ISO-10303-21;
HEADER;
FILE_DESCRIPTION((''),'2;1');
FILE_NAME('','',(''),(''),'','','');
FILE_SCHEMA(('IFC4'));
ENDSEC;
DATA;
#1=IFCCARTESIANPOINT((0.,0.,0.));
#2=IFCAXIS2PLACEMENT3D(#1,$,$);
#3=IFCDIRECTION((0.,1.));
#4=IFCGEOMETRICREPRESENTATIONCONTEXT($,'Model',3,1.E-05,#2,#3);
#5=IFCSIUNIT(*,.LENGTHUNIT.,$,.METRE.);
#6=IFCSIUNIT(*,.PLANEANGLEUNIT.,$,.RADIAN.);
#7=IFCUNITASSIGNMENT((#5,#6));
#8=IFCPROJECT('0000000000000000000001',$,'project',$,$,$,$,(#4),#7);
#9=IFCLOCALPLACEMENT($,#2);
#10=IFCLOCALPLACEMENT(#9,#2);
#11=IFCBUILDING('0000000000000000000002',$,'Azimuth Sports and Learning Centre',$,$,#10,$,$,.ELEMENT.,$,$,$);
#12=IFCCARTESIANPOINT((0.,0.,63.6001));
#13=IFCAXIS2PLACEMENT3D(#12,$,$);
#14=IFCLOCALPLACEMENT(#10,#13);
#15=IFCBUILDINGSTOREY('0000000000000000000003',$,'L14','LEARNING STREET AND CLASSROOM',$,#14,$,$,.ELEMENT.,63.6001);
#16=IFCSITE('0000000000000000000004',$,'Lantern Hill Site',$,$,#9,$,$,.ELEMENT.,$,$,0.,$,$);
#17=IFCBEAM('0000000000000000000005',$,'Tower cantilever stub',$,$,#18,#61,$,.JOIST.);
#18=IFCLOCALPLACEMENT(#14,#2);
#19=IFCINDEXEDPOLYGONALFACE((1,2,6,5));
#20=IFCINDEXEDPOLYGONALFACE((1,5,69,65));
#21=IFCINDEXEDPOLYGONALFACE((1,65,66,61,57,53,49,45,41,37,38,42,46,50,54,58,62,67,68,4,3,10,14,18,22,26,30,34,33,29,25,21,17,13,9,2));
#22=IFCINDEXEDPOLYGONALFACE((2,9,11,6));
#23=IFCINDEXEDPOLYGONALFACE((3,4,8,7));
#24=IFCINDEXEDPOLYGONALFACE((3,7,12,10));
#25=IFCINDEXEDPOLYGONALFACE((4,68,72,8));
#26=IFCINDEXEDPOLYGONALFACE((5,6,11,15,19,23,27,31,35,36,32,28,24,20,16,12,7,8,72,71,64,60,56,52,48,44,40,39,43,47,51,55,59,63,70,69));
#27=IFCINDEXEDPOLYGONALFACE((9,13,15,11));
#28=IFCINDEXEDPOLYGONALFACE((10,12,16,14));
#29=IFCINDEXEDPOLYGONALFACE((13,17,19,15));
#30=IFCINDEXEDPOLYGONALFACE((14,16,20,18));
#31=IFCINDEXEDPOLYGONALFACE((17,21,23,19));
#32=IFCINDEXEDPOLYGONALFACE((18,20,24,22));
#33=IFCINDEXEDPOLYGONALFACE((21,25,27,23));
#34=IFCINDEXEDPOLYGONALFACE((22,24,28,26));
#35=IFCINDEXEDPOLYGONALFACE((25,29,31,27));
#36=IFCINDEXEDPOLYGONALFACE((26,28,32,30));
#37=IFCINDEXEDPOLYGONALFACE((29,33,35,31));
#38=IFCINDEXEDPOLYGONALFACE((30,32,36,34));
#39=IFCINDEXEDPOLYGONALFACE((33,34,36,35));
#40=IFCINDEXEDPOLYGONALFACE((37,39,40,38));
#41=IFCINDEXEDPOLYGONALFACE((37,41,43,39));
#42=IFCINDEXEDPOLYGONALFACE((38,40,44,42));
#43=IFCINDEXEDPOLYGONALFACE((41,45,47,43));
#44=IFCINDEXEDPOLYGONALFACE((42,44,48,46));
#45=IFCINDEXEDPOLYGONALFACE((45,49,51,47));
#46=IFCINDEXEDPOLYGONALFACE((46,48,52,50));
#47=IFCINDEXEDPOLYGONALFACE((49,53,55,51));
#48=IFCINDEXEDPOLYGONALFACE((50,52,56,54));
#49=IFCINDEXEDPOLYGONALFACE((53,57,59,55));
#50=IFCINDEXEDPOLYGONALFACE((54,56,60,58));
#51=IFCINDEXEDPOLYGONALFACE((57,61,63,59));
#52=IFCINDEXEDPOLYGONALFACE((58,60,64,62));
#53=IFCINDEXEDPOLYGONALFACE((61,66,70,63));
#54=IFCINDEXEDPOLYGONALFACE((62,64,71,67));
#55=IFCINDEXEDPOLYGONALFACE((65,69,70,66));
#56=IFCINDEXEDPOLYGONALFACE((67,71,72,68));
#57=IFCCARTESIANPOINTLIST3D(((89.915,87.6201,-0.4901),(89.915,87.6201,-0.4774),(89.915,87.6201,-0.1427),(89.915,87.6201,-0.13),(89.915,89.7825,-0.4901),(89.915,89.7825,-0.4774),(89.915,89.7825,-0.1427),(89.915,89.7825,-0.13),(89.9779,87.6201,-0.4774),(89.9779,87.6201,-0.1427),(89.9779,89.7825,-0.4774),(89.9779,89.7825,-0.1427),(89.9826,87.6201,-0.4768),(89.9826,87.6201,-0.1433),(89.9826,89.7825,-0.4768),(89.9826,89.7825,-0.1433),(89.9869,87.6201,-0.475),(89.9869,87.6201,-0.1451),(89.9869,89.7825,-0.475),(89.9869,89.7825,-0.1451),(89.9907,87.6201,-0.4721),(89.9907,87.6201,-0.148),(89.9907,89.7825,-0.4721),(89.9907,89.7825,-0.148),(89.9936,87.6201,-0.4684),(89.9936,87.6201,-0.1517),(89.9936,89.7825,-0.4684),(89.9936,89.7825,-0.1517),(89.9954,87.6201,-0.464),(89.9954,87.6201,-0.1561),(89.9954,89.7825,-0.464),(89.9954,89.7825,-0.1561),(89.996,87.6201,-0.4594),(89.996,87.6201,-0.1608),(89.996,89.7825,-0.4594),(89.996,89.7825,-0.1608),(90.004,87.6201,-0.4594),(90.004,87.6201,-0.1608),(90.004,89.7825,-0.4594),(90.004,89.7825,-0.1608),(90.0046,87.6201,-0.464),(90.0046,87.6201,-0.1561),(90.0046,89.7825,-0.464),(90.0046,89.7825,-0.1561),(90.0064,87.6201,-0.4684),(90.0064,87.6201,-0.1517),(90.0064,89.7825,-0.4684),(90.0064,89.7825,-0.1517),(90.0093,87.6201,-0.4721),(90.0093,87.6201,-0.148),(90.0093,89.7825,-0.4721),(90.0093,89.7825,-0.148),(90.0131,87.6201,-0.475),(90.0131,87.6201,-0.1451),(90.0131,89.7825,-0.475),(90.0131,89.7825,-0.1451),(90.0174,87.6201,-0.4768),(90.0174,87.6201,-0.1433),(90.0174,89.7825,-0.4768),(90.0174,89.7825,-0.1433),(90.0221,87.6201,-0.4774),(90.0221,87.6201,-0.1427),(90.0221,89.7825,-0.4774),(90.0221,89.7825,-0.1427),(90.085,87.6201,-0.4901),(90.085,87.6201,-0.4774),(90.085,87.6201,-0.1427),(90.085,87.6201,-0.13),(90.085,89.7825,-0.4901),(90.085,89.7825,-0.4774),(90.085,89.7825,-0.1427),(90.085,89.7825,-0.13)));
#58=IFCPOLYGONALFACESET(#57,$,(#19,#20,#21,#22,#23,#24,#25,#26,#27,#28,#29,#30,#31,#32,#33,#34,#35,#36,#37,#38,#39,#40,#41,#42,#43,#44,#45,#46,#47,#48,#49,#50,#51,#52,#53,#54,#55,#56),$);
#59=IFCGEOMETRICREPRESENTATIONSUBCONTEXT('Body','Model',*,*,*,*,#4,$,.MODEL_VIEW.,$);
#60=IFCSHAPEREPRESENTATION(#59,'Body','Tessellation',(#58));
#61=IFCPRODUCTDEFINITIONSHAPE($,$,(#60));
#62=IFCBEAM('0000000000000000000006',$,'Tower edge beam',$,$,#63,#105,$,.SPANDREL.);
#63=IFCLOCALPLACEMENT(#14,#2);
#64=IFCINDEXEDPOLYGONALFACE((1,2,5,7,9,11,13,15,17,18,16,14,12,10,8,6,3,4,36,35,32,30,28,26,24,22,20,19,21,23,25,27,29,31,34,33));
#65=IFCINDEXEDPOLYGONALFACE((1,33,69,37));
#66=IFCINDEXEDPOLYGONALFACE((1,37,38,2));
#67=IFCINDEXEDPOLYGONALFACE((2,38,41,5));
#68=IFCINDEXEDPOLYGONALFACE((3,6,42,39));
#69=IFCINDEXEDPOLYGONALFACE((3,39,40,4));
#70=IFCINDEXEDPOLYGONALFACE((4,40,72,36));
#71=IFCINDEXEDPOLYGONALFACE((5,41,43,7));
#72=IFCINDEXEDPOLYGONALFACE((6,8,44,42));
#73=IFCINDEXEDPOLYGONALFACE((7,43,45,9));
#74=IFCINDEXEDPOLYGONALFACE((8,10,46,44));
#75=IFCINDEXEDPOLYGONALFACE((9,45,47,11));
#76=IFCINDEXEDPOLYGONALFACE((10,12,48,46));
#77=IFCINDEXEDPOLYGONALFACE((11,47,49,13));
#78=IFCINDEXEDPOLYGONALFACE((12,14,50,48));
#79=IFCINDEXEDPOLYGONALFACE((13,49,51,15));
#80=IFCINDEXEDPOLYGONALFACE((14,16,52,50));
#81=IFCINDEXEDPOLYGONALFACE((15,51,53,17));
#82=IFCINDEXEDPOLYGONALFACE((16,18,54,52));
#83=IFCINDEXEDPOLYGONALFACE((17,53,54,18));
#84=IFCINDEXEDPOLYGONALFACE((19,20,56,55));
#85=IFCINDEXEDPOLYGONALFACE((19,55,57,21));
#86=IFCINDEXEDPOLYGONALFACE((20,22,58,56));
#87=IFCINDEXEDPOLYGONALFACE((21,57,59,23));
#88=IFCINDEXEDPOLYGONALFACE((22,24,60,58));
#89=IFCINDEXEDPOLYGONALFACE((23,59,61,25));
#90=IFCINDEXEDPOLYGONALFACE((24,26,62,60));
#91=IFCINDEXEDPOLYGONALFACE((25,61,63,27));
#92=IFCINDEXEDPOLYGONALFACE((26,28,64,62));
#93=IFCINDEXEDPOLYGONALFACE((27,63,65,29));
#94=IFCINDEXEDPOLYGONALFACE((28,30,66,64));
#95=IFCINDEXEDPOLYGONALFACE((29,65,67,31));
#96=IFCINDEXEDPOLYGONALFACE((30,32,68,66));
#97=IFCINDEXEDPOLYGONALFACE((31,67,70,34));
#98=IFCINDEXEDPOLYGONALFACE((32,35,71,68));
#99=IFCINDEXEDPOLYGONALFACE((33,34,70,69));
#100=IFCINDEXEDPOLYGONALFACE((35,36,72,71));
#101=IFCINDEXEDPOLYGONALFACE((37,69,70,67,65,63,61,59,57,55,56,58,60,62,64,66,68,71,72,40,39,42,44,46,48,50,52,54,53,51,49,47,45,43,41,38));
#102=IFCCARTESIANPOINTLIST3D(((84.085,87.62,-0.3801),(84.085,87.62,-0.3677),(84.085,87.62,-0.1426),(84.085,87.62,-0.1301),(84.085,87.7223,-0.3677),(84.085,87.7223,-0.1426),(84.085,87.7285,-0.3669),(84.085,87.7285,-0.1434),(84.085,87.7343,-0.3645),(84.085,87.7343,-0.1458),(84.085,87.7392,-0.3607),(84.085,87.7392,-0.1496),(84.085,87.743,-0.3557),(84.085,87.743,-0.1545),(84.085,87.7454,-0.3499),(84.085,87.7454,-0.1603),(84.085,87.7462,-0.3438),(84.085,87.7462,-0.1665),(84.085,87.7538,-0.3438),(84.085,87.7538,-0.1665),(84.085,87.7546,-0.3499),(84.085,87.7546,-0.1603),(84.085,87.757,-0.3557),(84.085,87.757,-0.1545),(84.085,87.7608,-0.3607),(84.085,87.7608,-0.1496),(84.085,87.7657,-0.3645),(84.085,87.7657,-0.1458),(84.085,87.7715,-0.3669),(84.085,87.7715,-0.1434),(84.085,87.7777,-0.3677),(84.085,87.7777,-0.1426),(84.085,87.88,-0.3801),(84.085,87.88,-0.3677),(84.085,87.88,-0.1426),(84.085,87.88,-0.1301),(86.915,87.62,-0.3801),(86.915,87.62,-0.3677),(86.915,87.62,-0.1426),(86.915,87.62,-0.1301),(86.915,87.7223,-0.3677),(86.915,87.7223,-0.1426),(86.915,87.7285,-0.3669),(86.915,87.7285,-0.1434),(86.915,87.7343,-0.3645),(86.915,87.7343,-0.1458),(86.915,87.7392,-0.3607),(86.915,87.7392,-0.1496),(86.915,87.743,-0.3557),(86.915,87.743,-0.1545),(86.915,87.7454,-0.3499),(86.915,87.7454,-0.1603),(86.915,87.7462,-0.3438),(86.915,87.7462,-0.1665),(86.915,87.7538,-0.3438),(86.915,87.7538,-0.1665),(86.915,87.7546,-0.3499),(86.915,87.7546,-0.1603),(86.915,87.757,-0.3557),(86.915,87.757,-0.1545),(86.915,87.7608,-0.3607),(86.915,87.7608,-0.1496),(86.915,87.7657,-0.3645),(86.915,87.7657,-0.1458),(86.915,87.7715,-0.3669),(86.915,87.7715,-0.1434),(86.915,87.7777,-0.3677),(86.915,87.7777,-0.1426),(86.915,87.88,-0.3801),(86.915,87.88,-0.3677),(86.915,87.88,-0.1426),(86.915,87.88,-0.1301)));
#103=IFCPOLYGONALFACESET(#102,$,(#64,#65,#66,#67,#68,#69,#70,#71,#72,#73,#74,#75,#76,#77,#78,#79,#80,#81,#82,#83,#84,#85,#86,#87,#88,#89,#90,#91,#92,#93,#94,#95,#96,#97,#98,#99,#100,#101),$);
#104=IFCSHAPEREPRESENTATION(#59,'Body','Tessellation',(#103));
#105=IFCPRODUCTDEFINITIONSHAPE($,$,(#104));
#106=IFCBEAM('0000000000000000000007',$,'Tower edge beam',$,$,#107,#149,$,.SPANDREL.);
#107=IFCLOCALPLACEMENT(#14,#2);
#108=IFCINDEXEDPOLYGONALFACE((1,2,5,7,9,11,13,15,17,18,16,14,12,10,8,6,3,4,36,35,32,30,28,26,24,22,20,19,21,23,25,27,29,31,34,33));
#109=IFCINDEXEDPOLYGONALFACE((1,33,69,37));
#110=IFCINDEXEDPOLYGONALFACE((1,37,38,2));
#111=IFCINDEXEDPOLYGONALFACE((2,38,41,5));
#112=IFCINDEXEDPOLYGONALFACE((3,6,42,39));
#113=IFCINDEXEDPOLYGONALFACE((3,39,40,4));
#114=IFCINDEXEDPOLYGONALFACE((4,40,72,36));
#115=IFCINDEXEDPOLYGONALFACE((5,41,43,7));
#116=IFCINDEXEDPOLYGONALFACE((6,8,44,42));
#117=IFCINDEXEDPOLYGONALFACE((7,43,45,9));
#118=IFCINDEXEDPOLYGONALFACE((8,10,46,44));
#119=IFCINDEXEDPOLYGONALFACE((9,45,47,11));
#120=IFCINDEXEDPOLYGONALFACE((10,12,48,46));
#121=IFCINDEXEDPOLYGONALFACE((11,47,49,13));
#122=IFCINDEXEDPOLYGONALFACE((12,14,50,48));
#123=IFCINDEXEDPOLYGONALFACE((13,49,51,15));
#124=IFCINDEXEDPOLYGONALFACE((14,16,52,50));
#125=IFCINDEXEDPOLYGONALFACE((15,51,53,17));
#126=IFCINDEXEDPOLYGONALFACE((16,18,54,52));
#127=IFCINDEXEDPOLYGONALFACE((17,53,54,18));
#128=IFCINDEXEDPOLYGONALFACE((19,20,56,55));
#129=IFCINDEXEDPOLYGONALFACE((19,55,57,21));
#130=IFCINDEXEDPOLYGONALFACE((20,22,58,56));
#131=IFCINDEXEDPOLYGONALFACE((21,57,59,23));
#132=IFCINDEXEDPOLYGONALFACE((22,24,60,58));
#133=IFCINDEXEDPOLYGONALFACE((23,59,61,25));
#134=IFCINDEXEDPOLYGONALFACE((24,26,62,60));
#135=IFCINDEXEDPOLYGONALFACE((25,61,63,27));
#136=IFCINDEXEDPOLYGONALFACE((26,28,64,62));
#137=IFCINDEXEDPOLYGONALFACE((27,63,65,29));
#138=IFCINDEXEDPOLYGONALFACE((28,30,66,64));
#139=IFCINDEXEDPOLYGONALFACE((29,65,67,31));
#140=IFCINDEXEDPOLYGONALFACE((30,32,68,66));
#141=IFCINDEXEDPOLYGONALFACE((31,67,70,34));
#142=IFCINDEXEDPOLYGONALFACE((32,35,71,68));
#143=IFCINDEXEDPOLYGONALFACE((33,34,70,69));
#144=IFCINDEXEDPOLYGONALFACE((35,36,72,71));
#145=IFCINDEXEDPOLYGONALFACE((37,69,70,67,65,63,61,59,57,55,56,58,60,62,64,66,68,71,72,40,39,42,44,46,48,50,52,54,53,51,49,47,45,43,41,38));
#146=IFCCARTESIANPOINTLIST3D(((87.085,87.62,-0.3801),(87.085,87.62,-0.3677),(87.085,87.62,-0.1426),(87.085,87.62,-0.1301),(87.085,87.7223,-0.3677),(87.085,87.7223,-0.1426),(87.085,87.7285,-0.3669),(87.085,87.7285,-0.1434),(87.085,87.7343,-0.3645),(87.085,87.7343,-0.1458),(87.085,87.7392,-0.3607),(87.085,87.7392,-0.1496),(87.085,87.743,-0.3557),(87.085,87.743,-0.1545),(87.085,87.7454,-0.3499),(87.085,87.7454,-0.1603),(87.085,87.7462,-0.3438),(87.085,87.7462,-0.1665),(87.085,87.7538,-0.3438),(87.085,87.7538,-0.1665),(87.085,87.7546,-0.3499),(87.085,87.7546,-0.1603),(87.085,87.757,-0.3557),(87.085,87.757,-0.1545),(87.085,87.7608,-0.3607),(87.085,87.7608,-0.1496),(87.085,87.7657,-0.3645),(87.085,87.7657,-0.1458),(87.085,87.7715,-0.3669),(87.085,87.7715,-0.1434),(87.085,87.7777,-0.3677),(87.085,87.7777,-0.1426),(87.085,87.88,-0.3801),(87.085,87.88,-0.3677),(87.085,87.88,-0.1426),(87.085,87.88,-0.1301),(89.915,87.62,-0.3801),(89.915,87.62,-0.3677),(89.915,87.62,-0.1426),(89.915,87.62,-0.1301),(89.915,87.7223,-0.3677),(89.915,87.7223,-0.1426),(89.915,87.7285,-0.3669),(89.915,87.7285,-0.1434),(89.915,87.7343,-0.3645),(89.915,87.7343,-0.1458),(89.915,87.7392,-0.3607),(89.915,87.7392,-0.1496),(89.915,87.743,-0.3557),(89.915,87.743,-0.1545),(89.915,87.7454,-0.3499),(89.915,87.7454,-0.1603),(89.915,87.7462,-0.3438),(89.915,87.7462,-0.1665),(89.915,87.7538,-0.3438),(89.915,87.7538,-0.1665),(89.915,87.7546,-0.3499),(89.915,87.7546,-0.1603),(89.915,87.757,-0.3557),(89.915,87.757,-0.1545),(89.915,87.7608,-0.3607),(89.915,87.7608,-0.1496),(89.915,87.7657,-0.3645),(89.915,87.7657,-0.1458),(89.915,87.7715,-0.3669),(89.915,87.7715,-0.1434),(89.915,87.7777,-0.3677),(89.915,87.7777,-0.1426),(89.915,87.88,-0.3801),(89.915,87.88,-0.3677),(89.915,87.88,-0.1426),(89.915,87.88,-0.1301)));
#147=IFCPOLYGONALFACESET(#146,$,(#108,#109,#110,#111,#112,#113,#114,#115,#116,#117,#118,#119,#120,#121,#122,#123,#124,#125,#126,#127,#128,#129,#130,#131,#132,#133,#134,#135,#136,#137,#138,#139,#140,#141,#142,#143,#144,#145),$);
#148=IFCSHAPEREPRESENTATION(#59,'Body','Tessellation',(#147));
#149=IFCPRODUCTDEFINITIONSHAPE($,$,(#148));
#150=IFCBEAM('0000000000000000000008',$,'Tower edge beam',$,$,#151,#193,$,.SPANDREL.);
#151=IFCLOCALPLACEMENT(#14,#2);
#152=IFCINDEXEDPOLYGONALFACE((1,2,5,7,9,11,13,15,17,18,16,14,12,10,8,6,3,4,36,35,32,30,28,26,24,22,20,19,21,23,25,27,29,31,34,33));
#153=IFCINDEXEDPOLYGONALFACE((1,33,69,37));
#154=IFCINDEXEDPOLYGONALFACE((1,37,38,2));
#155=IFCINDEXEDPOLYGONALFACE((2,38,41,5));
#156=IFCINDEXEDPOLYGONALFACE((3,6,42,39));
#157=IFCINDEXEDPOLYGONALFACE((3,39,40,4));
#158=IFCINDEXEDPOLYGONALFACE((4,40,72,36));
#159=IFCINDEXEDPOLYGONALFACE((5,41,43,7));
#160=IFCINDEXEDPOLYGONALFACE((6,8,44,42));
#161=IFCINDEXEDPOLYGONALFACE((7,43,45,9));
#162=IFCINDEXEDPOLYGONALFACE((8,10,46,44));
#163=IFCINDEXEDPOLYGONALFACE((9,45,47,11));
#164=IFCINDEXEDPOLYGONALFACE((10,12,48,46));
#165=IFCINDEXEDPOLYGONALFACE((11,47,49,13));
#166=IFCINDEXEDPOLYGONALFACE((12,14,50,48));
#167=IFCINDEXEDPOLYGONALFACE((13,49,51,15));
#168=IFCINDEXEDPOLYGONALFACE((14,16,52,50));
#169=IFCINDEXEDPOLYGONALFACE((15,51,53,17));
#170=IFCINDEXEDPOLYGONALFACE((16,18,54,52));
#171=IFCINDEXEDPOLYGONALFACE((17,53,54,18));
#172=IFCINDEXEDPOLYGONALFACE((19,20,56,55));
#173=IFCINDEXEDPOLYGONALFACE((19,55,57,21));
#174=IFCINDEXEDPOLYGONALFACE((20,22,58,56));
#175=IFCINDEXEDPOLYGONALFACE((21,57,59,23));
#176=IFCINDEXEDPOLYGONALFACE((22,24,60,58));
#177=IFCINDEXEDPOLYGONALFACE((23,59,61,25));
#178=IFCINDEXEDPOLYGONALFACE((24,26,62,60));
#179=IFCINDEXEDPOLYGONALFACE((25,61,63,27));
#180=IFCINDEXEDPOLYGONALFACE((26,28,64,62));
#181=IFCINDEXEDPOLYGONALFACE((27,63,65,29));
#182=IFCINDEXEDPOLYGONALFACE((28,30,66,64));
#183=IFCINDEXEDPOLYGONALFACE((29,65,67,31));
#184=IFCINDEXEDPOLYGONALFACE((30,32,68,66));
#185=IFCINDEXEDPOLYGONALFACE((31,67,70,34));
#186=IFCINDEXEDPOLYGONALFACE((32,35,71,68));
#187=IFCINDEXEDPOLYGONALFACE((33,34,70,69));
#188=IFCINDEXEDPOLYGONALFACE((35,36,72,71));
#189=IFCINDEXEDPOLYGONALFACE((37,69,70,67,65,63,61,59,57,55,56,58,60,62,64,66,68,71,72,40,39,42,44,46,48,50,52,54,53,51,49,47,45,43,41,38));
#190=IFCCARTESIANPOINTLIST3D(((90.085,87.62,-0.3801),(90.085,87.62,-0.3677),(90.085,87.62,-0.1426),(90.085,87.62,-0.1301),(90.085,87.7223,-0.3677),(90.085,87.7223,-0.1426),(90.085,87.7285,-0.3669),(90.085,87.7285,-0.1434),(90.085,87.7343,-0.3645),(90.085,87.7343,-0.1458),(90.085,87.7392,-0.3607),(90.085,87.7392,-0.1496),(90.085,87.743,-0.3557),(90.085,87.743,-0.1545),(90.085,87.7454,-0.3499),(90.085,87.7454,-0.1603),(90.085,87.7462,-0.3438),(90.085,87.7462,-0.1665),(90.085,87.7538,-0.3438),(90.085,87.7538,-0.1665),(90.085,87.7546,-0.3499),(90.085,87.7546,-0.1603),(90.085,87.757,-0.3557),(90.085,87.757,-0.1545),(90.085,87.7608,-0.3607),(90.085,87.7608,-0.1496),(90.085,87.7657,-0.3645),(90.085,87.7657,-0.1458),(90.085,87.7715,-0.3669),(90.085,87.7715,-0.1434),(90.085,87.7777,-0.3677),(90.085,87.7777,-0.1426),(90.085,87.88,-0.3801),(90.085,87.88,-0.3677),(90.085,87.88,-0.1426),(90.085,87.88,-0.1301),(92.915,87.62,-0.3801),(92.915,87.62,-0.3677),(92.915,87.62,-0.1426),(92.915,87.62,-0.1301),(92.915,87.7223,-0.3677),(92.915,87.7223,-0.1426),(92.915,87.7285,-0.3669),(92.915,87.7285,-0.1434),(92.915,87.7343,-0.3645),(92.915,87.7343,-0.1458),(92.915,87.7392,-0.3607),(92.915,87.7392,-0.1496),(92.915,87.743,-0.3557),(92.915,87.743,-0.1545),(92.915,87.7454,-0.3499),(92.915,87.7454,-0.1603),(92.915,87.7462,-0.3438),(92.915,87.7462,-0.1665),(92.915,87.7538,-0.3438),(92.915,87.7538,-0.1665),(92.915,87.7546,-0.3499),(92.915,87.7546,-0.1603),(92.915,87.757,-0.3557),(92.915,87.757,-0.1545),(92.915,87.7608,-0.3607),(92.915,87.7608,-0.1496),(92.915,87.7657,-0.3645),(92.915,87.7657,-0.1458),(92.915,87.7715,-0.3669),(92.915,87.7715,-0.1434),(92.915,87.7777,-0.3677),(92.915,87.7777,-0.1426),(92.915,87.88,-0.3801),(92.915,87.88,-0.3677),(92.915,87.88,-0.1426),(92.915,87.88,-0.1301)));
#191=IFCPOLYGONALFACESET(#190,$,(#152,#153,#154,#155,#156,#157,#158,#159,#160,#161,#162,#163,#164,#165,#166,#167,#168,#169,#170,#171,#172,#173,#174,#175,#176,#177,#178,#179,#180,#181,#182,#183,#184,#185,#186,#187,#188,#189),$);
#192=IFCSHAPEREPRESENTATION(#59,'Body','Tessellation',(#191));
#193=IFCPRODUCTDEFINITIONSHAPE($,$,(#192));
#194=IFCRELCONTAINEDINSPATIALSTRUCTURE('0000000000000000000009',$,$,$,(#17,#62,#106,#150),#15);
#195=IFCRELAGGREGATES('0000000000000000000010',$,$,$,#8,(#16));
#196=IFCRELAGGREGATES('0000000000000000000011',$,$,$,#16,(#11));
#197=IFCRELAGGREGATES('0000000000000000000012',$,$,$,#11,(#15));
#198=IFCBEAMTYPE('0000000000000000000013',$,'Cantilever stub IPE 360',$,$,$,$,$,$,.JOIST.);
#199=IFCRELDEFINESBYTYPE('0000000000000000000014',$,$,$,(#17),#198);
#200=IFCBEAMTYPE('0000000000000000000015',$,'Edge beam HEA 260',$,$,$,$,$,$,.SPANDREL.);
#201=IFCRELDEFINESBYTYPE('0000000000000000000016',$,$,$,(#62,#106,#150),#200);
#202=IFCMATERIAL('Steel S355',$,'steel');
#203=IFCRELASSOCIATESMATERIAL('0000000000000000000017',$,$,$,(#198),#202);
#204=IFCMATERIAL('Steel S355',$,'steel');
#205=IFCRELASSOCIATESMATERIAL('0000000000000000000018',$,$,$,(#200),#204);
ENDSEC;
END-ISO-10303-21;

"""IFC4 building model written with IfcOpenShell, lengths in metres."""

from ifc_helpers import new_model, si_unit, direction, frame, origin, origin_2d, place, context, subcontext, project, spatial, i_section, extrude, material, material_profile, profile_set, type_object, element, save


model = new_model("IFC4")

# Units and contexts
model_context = context("Model", 3, precision=1e-05, world=origin(), true_north=direction((0.0, 1.0)))
body_context = subcontext(model_context, "Body", "Model", "MODEL_VIEW")
ifc_project = project(units=[si_unit("LENGTHUNIT", "METRE"), si_unit("PLANEANGLEUNIT", "RADIAN")], contexts=[model_context])

# Site, building, storey
site_placement = place(None, origin())
site = spatial("IfcSite", under=ifc_project, at=site_placement, Name="Lantern Hill Site", CompositionType="ELEMENT", RefElevation=0.0)
building_placement = place(site_placement, origin())
building = spatial("IfcBuilding", under=site, at=building_placement, Name="Azimuth Sports and Learning Centre", CompositionType="ELEMENT")
storey_placement = place(building_placement, frame((0.0, 0.0, 63.6001)))
storey = spatial("IfcBuildingStorey", under=building, at=storey_placement, Name="L14", Description="LEARNING STREET AND CLASSROOM", CompositionType="ELEMENT", Elevation=63.6001)

# Beams
ifc_material_1 = material(Name="Steel S355", Category="steel")
ifc_material_profile_1 = material_profile(ifc_material_1, i_section(OverallWidth=0.1699, OverallDepth=0.3601, WebThickness=0.0081, FlangeThickness=0.0127, FilletRadius=0.0181, at=origin_2d()), Name="IPE 360")
ifc_profile_set_1 = profile_set([ifc_material_profile_1], Name="Steel S355")
beam_type_1 = type_object("IfcBeamType", Name="Cantilever stub IPE 360", PredefinedType="JOIST", material=ifc_profile_set_1)
beam_1_placement = place(storey_placement, frame((90.0, 89.7825, -0.3101), z_axis=(0.0, -1.0, 0.0), x_axis=(1.0, 0.0, 0.0)))
element("IfcBeam", 1, at=beam_1_placement, inside=storey, type_object=beam_type_1, Name="Tower cantilever stub", PredefinedType="JOIST", context=body_context, shape_type="SweptSolid", body=[
    extrude(i_section(OverallWidth=0.1699, OverallDepth=0.3601, WebThickness=0.0081, FlangeThickness=0.0127, FilletRadius=0.0181, at=origin_2d()), origin(), (0.0, 0.0, 1.0), 2.1624),
])
ifc_material_2 = material(Name="Steel S355", Category="steel")
ifc_material_profile_2 = material_profile(ifc_material_2, i_section(OverallWidth=0.26, OverallDepth=0.25, WebThickness=0.0076, FlangeThickness=0.0125, FilletRadius=0.0239, at=origin_2d()), Name="HEA 260")
ifc_profile_set_2 = profile_set([ifc_material_profile_2], Name="Steel S355")
beam_type_2 = type_object("IfcBeamType", Name="Edge beam HEA 260", PredefinedType="SPANDREL", material=ifc_profile_set_2)
for number, where, z_axis, x_axis, name in (
    (2, (84.085, 87.75, -0.2551), (1.0, 0.0, 0.0), (0.0, 1.0, 0.0), "Tower edge beam"),
    (3, (87.085, 87.75, -0.2551), (1.0, 0.0, 0.0), (0.0, 1.0, 0.0), "Tower edge beam"),
    (4, (90.085, 87.75, -0.2551), (1.0, 0.0, 0.0), (0.0, 1.0, 0.0), "Tower edge beam"),
):
    element("IfcBeam", number, at=place(storey_placement, frame(where, z_axis=z_axis, x_axis=x_axis)), inside=storey, type_object=beam_type_2, Name=name, PredefinedType="SPANDREL", context=body_context, shape_type="SweptSolid", body=[
        extrude(i_section(OverallWidth=0.26, OverallDepth=0.25, WebThickness=0.0076, FlangeThickness=0.0125, FilletRadius=0.0239, at=origin_2d()), origin(), (0.0, 0.0, 1.0), 2.8301),
    ])

save(model, "model.ifc")
